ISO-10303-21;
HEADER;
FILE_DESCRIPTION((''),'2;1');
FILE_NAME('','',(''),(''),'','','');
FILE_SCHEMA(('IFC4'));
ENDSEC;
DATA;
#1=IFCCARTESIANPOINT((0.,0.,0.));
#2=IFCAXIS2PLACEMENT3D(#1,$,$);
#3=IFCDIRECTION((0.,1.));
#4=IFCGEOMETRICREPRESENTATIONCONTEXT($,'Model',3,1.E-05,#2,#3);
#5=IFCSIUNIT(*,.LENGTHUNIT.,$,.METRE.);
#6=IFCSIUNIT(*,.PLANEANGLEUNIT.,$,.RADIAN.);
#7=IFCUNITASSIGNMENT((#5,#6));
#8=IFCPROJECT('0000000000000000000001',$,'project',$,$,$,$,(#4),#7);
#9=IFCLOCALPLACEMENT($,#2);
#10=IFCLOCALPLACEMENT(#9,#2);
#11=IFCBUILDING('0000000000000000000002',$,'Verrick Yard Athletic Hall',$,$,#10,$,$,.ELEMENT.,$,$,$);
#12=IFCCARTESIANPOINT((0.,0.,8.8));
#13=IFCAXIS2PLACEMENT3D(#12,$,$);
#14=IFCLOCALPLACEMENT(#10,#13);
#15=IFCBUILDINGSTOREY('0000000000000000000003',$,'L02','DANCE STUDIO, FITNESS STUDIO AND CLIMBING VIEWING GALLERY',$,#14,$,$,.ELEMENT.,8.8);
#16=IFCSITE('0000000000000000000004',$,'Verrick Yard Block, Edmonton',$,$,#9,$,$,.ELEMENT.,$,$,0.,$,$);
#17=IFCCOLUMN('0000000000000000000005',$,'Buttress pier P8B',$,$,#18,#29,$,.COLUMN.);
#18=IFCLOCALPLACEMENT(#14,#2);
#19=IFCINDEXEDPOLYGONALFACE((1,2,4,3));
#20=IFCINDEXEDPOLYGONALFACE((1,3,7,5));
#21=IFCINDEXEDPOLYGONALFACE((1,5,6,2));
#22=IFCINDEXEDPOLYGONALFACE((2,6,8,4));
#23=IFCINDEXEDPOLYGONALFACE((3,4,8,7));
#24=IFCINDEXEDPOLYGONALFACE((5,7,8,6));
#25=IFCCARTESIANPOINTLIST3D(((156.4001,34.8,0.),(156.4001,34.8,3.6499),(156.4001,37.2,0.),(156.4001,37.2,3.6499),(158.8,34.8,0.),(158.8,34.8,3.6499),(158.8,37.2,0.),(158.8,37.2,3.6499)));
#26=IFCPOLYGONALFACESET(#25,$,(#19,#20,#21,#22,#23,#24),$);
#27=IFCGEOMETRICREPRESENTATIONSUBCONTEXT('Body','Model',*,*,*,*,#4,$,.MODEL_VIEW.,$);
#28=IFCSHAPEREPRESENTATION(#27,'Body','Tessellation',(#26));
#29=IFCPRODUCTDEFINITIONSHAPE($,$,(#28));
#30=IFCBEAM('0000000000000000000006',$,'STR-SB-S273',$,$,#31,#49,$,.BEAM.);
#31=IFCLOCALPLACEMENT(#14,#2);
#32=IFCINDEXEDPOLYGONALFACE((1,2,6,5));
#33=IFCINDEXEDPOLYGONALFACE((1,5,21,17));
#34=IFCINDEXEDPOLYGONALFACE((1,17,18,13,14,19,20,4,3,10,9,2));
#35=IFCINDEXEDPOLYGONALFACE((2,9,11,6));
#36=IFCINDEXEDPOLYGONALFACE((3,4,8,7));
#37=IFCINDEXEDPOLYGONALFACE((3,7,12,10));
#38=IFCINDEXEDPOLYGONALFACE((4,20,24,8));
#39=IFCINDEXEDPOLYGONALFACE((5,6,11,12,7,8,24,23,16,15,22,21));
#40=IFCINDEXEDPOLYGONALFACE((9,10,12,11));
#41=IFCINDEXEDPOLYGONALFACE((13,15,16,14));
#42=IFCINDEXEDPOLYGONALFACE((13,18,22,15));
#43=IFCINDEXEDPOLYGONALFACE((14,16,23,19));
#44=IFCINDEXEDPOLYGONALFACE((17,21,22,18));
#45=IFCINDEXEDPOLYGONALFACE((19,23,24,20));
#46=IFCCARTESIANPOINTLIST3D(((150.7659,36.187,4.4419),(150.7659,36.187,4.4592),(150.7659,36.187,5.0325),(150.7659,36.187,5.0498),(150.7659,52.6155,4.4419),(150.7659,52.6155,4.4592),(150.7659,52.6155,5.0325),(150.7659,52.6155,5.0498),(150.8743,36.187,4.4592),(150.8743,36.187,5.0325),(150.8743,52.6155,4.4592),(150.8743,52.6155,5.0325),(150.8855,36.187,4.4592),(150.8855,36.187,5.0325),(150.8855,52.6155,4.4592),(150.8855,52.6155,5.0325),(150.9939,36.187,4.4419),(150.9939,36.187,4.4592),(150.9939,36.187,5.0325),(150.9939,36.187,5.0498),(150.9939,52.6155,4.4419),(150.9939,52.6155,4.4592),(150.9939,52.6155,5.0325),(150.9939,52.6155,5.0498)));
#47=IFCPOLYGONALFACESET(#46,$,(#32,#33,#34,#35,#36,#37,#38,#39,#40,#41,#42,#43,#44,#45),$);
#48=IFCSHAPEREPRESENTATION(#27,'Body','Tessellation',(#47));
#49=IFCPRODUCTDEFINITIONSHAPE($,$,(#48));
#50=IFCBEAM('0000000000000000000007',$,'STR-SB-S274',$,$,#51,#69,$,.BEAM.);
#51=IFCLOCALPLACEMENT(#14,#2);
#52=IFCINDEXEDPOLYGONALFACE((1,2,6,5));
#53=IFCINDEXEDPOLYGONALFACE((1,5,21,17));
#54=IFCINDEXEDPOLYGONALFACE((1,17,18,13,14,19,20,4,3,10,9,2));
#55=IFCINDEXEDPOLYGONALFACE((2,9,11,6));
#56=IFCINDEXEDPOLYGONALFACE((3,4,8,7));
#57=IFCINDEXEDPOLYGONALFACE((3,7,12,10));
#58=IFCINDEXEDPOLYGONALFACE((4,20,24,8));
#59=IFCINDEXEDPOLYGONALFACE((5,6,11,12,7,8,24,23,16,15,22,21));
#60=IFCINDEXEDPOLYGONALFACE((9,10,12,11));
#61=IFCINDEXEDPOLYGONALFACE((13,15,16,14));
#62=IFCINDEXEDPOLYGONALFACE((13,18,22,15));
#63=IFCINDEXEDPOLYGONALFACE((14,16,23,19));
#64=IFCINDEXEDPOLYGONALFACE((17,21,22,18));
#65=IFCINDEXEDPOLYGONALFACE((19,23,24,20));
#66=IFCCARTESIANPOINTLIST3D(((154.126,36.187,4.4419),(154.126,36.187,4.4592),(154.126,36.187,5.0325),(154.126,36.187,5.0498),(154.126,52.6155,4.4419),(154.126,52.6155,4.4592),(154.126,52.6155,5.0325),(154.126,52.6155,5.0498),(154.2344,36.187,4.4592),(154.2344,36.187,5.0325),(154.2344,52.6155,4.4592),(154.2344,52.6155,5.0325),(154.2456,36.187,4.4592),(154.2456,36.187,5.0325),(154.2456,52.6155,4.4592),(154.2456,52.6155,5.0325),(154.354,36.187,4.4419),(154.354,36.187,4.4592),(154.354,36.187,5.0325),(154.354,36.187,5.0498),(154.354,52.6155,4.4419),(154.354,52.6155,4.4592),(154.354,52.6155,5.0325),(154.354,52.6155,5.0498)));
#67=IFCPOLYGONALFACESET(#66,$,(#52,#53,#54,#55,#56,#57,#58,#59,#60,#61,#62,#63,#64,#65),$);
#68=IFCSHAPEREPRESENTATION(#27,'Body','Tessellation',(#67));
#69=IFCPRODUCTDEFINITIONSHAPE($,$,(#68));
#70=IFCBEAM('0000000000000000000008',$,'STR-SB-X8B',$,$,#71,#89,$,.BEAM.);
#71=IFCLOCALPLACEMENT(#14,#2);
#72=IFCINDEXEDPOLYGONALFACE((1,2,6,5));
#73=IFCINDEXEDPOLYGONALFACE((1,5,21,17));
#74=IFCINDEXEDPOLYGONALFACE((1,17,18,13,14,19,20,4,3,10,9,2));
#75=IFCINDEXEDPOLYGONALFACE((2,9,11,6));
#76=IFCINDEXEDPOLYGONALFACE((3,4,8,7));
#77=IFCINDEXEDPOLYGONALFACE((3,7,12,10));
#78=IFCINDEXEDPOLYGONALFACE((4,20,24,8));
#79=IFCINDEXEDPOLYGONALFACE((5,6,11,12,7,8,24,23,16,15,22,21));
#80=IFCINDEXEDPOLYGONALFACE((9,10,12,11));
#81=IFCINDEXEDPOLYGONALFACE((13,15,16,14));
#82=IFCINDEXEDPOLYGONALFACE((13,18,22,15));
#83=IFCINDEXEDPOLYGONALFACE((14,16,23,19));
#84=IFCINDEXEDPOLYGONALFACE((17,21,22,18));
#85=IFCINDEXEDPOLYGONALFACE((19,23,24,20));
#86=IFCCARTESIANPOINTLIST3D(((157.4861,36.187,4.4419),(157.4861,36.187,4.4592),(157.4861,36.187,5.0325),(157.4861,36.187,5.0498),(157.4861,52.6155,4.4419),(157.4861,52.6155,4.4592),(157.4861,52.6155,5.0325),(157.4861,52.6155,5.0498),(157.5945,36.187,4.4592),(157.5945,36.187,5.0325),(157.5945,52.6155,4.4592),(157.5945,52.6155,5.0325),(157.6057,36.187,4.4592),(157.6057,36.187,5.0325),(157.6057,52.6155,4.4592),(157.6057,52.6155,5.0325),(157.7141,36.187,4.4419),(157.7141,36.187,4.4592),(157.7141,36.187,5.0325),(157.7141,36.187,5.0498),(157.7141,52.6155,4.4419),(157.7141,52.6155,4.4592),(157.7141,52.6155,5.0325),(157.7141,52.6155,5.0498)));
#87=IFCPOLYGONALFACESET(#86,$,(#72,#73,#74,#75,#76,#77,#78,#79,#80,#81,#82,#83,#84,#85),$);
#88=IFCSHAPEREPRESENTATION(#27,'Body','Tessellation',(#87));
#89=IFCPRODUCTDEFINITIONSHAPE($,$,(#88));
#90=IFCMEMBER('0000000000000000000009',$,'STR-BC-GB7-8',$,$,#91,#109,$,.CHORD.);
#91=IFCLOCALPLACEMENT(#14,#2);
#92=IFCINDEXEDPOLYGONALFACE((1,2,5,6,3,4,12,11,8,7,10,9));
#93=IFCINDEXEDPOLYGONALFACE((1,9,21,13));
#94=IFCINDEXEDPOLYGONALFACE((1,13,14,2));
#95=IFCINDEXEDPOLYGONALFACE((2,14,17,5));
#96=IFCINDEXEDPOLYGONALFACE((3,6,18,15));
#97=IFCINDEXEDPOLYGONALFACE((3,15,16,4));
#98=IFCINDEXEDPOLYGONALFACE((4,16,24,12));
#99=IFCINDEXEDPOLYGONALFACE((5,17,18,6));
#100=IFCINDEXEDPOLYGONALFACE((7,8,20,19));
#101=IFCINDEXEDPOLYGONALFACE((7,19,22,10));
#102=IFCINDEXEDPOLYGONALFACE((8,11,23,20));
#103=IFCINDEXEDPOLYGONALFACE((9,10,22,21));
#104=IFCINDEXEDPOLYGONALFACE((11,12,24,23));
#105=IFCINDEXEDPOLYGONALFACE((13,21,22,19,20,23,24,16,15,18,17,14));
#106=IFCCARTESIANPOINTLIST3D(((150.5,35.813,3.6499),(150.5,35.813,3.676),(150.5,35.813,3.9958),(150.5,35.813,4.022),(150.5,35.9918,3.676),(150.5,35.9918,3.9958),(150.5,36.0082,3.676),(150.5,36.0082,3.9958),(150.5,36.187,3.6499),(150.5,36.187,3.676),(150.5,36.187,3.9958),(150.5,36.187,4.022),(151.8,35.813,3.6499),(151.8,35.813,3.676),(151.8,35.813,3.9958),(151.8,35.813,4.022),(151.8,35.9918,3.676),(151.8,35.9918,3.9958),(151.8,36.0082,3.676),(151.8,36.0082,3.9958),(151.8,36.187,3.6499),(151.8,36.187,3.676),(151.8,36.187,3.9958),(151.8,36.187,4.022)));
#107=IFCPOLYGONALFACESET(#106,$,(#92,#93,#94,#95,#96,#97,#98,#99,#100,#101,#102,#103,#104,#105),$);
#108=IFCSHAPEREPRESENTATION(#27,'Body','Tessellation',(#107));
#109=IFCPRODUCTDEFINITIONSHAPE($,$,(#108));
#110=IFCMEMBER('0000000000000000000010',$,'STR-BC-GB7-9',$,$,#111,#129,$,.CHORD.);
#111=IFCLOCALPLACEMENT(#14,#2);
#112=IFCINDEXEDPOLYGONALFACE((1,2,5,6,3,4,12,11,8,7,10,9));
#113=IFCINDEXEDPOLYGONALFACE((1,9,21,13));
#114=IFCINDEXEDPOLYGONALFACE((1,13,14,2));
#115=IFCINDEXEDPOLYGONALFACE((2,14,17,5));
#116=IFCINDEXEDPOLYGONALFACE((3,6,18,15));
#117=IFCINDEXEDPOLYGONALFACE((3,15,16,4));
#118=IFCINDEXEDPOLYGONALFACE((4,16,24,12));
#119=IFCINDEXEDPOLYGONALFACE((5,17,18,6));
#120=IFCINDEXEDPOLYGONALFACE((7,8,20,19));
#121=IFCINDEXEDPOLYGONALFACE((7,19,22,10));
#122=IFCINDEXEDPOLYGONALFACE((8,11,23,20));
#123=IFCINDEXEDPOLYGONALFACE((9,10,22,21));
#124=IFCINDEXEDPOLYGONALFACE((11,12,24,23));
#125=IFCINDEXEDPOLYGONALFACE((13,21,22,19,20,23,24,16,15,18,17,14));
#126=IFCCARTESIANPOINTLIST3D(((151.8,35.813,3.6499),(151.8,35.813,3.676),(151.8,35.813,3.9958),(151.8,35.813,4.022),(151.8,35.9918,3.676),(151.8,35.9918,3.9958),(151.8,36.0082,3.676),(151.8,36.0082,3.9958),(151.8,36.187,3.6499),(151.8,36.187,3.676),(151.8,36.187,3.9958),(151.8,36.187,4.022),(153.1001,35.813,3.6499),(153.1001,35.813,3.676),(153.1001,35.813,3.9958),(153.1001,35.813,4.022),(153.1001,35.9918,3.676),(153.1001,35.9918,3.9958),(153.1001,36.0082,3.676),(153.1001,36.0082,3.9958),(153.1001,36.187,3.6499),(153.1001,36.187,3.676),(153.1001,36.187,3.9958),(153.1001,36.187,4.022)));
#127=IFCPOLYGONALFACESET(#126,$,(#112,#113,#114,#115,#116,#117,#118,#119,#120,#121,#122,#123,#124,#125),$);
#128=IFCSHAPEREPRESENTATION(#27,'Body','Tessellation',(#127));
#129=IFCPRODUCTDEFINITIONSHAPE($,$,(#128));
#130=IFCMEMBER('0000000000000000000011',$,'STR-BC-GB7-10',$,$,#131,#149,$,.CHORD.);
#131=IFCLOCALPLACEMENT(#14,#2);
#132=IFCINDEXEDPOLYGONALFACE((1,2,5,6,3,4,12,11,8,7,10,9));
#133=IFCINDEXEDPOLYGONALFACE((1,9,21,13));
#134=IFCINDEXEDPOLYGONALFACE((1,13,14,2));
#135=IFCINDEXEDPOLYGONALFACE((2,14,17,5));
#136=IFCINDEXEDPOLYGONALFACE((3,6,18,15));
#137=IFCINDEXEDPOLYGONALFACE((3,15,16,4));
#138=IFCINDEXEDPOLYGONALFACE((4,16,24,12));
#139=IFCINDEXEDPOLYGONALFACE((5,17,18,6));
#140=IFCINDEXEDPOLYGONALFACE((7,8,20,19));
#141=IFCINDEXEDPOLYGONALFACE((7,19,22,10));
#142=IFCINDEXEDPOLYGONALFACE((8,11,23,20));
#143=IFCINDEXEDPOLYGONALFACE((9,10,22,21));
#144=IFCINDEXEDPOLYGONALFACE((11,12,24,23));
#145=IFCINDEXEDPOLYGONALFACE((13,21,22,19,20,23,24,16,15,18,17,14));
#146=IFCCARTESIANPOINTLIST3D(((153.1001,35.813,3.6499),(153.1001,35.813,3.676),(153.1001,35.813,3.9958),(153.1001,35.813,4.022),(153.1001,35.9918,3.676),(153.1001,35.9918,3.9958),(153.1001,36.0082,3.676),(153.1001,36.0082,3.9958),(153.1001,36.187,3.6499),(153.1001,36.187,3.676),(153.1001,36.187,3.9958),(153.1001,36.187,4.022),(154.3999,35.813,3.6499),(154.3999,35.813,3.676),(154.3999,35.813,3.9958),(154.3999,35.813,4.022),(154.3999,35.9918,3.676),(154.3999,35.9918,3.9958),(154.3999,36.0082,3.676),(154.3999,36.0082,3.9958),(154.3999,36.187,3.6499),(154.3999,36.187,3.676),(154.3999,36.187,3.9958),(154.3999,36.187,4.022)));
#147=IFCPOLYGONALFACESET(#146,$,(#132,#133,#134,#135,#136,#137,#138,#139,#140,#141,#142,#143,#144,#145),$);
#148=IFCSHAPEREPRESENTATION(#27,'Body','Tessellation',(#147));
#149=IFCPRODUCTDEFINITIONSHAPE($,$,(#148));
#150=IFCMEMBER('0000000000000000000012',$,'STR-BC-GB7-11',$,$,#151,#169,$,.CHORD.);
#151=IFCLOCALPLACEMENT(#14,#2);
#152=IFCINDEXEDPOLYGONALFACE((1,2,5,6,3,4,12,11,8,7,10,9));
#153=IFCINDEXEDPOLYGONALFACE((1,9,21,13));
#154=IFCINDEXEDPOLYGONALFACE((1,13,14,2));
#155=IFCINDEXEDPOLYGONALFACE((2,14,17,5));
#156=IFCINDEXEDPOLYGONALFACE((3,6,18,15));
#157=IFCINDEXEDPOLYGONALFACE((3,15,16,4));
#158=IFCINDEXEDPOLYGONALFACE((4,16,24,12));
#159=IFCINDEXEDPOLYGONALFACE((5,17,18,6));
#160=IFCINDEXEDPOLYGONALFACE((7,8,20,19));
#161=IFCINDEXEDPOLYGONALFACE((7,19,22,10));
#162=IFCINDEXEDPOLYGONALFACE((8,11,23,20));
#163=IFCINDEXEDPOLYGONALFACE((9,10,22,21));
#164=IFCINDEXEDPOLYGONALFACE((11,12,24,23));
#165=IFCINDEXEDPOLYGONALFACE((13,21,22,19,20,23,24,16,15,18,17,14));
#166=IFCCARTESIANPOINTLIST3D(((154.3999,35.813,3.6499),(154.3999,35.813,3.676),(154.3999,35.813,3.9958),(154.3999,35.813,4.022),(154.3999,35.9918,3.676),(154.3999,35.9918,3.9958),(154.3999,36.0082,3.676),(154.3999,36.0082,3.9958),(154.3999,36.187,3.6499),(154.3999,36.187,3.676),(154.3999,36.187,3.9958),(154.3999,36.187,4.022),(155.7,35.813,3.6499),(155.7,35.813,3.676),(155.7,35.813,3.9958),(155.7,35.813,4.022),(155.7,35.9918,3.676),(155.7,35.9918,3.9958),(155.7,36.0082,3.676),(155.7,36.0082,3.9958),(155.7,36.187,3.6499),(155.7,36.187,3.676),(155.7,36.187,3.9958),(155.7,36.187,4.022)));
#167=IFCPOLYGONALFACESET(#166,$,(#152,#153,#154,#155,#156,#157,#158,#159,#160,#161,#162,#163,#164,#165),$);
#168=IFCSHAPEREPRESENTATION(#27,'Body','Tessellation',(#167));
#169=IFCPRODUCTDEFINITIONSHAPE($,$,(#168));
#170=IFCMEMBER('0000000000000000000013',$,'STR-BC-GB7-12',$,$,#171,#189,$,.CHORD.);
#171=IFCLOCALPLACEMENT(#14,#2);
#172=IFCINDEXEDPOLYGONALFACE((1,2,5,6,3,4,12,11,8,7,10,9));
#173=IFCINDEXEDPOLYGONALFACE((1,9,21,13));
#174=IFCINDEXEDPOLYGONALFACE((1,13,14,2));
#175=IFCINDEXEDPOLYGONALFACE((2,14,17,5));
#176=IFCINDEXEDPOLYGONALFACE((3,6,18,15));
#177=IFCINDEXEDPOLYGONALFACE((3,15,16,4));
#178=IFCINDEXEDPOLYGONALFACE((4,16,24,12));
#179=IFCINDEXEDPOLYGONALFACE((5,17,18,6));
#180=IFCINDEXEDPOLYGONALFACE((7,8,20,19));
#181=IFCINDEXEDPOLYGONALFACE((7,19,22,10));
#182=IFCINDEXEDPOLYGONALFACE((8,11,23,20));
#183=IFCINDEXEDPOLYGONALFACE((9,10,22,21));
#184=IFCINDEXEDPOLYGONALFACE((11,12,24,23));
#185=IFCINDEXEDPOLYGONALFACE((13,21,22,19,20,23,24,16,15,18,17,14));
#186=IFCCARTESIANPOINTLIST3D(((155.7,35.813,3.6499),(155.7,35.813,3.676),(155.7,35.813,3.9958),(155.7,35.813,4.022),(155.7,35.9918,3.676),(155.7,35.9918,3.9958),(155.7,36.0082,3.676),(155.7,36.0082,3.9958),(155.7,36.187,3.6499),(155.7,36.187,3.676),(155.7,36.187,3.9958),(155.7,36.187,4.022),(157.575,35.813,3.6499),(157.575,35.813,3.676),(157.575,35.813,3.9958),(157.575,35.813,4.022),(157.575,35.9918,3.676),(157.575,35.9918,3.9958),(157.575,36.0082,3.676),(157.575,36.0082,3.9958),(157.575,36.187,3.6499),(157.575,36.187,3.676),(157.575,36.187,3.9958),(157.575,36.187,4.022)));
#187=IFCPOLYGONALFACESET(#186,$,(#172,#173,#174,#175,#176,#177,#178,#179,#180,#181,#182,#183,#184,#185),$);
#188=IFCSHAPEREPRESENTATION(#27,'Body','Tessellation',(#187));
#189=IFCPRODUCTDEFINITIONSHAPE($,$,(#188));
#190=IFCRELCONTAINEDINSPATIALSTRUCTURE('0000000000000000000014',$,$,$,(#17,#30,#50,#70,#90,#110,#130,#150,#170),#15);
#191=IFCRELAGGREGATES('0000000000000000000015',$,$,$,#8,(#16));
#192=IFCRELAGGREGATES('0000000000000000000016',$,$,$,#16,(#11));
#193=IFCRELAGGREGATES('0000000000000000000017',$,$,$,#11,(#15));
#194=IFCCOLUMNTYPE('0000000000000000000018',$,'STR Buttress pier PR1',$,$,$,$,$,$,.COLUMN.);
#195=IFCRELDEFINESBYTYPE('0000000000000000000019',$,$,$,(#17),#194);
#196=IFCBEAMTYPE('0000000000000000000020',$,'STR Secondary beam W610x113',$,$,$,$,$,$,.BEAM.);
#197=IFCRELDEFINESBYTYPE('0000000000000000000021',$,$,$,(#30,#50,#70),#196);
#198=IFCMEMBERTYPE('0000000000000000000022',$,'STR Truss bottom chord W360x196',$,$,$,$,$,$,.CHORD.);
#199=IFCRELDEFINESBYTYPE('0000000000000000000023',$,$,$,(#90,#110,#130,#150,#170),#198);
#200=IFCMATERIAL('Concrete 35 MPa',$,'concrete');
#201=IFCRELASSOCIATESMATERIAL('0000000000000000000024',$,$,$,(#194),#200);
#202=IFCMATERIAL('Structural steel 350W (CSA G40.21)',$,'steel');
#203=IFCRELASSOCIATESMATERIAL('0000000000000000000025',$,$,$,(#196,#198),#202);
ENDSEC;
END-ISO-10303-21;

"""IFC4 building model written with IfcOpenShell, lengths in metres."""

from ifc_helpers import new_model, si_unit, direction, frame, origin, origin_2d, place, context, subcontext, project, spatial, rectangle, i_section, extrude, material, material_profile, profile_set, type_object, element, save


model = new_model("IFC4")

# Units and contexts
model_context = context("Model", 3, precision=1e-05, world=origin(), true_north=direction((0.0, 1.0)))
body_context = subcontext(model_context, "Body", "Model", "MODEL_VIEW")
ifc_project = project(units=[si_unit("LENGTHUNIT", "METRE"), si_unit("PLANEANGLEUNIT", "RADIAN")], contexts=[model_context])

# Site, building, storey
site_placement = place(None, origin())
site = spatial("IfcSite", under=ifc_project, at=site_placement, Name="Verrick Yard Block, Edmonton", CompositionType="ELEMENT", RefElevation=0.0)
building_placement = place(site_placement, origin())
building = spatial("IfcBuilding", under=site, at=building_placement, Name="Verrick Yard Athletic Hall", CompositionType="ELEMENT")
storey_placement = place(building_placement, frame((0.0, 0.0, 8.8)))
storey = spatial("IfcBuildingStorey", under=building, at=storey_placement, Name="L02", Description="DANCE STUDIO, FITNESS STUDIO AND CLIMBING VIEWING GALLERY", CompositionType="ELEMENT", Elevation=8.8)

# Column
ifc_material_1 = material(Name="Concrete 35 MPa", Category="concrete")
ifc_material_profile_1 = material_profile(ifc_material_1, rectangle(XDim=2.3999, YDim=2.3999, at=origin_2d()), Name="STR Buttress pier PR1")
ifc_profile_set_1 = profile_set([ifc_material_profile_1], Name="Concrete 35 MPa")
column_type = type_object("IfcColumnType", Name="STR Buttress pier PR1", PredefinedType="COLUMN", material=ifc_profile_set_1)
column_placement = place(storey_placement, frame((157.6001, 36.0, 0.0), z_axis=(0.0, 0.0, 1.0), x_axis=(1.0, 0.0, 0.0)))
element("IfcColumn", 1, at=column_placement, inside=storey, type_object=column_type, Name="Buttress pier P8B", PredefinedType="COLUMN", context=body_context, shape_type="SweptSolid", body=[
    extrude(rectangle(XDim=2.3999, YDim=2.3999, at=origin_2d()), origin(), (0.0, 0.0, 1.0), 3.6499),
])

# Beams
ifc_material_2 = material(Name="Structural steel 350W (CSA G40.21)", Category="steel")
ifc_material_profile_2 = material_profile(ifc_material_2, i_section(OverallWidth=0.228, OverallDepth=0.6079, WebThickness=0.0112, FlangeThickness=0.0173, at=origin_2d()), Name="W610x113")
ifc_profile_set_2 = profile_set([ifc_material_profile_2], Name="Structural steel 350W (CSA G40.21)")
beam_type = type_object("IfcBeamType", Name="STR Secondary beam W610x113", PredefinedType="BEAM", material=ifc_profile_set_2)
for number, where, z_axis, x_axis, name in (
    (2, (150.8799, 36.187, 4.7458), (0.0, 1.0, 0.0), (-1.0, 0.0, 0.0), "STR-SB-S273"),
    (3, (154.24, 36.187, 4.7458), (0.0, 1.0, 0.0), (-1.0, 0.0, 0.0), "STR-SB-S274"),
    (4, (157.6001, 36.187, 4.7458), (0.0, 1.0, 0.0), (-1.0, 0.0, 0.0), "STR-SB-X8B"),
):
    element("IfcBeam", number, at=place(storey_placement, frame(where, z_axis=z_axis, x_axis=x_axis)), inside=storey, type_object=beam_type, Name=name, PredefinedType="BEAM", context=body_context, shape_type="SweptSolid", body=[
        extrude(i_section(OverallWidth=0.228, OverallDepth=0.6079, WebThickness=0.0112, FlangeThickness=0.0173, at=origin_2d()), origin(), (0.0, 0.0, 1.0), 16.4285),
    ])

# Members
ifc_material_profile_3 = material_profile(ifc_material_2, i_section(OverallWidth=0.374, OverallDepth=0.3721, WebThickness=0.0164, FlangeThickness=0.0261, at=origin_2d()), Name="W360x196")
ifc_profile_set_3 = profile_set([ifc_material_profile_3], Name="Structural steel 350W (CSA G40.21)")
member_type_1 = type_object("IfcMemberType", Name="STR Truss bottom chord W360x196", PredefinedType="CHORD", material=ifc_profile_set_3)
for number, where, z_axis, x_axis, name in (
    (5, (150.5, 36.0, 3.8359), (1.0, 0.0, 0.0), (0.0, 1.0, 0.0), "STR-BC-GB7-8"),
    (6, (151.8, 36.0, 3.8359), (1.0, 0.0, 0.0), (0.0, 1.0, 0.0), "STR-BC-GB7-9"),
):
    element("IfcMember", number, at=place(storey_placement, frame(where, z_axis=z_axis, x_axis=x_axis)), inside=storey, type_object=member_type_1, Name=name, PredefinedType="CHORD", context=body_context, shape_type="SweptSolid", body=[
        extrude(i_section(OverallWidth=0.374, OverallDepth=0.3721, WebThickness=0.0164, FlangeThickness=0.0261, at=origin_2d()), origin(), (0.0, 0.0, 1.0), 1.3),
    ])
member_1_placement = place(storey_placement, frame((153.1001, 36.0, 3.8359), z_axis=(1.0, 0.0, 0.0), x_axis=(0.0, 1.0, 0.0)))
element("IfcMember", 7, at=member_1_placement, inside=storey, type_object=member_type_1, Name="STR-BC-GB7-10", PredefinedType="CHORD", context=body_context, shape_type="SweptSolid", body=[
    extrude(i_section(OverallWidth=0.374, OverallDepth=0.3721, WebThickness=0.0164, FlangeThickness=0.0261, at=origin_2d()), origin(), (0.0, 0.0, 1.0), 1.2998),
])
member_2_placement = place(storey_placement, frame((154.3999, 36.0, 3.8359), z_axis=(1.0, 0.0, 0.0), x_axis=(0.0, 1.0, 0.0)))
element("IfcMember", 8, at=member_2_placement, inside=storey, type_object=member_type_1, Name="STR-BC-GB7-11", PredefinedType="CHORD", context=body_context, shape_type="SweptSolid", body=[
    extrude(i_section(OverallWidth=0.374, OverallDepth=0.3721, WebThickness=0.0164, FlangeThickness=0.0261, at=origin_2d()), origin(), (0.0, 0.0, 1.0), 1.3),
])
member_3_placement = place(storey_placement, frame((155.7, 36.0, 3.8359), z_axis=(1.0, 0.0, 0.0), x_axis=(0.0, 1.0, 0.0)))
element("IfcMember", 9, at=member_3_placement, inside=storey, type_object=member_type_1, Name="STR-BC-GB7-12", PredefinedType="CHORD", context=body_context, shape_type="SweptSolid", body=[
    extrude(i_section(OverallWidth=0.374, OverallDepth=0.3721, WebThickness=0.0164, FlangeThickness=0.0261, at=origin_2d()), origin(), (0.0, 0.0, 1.0), 1.875),
])

save(model, "model.ifc")
